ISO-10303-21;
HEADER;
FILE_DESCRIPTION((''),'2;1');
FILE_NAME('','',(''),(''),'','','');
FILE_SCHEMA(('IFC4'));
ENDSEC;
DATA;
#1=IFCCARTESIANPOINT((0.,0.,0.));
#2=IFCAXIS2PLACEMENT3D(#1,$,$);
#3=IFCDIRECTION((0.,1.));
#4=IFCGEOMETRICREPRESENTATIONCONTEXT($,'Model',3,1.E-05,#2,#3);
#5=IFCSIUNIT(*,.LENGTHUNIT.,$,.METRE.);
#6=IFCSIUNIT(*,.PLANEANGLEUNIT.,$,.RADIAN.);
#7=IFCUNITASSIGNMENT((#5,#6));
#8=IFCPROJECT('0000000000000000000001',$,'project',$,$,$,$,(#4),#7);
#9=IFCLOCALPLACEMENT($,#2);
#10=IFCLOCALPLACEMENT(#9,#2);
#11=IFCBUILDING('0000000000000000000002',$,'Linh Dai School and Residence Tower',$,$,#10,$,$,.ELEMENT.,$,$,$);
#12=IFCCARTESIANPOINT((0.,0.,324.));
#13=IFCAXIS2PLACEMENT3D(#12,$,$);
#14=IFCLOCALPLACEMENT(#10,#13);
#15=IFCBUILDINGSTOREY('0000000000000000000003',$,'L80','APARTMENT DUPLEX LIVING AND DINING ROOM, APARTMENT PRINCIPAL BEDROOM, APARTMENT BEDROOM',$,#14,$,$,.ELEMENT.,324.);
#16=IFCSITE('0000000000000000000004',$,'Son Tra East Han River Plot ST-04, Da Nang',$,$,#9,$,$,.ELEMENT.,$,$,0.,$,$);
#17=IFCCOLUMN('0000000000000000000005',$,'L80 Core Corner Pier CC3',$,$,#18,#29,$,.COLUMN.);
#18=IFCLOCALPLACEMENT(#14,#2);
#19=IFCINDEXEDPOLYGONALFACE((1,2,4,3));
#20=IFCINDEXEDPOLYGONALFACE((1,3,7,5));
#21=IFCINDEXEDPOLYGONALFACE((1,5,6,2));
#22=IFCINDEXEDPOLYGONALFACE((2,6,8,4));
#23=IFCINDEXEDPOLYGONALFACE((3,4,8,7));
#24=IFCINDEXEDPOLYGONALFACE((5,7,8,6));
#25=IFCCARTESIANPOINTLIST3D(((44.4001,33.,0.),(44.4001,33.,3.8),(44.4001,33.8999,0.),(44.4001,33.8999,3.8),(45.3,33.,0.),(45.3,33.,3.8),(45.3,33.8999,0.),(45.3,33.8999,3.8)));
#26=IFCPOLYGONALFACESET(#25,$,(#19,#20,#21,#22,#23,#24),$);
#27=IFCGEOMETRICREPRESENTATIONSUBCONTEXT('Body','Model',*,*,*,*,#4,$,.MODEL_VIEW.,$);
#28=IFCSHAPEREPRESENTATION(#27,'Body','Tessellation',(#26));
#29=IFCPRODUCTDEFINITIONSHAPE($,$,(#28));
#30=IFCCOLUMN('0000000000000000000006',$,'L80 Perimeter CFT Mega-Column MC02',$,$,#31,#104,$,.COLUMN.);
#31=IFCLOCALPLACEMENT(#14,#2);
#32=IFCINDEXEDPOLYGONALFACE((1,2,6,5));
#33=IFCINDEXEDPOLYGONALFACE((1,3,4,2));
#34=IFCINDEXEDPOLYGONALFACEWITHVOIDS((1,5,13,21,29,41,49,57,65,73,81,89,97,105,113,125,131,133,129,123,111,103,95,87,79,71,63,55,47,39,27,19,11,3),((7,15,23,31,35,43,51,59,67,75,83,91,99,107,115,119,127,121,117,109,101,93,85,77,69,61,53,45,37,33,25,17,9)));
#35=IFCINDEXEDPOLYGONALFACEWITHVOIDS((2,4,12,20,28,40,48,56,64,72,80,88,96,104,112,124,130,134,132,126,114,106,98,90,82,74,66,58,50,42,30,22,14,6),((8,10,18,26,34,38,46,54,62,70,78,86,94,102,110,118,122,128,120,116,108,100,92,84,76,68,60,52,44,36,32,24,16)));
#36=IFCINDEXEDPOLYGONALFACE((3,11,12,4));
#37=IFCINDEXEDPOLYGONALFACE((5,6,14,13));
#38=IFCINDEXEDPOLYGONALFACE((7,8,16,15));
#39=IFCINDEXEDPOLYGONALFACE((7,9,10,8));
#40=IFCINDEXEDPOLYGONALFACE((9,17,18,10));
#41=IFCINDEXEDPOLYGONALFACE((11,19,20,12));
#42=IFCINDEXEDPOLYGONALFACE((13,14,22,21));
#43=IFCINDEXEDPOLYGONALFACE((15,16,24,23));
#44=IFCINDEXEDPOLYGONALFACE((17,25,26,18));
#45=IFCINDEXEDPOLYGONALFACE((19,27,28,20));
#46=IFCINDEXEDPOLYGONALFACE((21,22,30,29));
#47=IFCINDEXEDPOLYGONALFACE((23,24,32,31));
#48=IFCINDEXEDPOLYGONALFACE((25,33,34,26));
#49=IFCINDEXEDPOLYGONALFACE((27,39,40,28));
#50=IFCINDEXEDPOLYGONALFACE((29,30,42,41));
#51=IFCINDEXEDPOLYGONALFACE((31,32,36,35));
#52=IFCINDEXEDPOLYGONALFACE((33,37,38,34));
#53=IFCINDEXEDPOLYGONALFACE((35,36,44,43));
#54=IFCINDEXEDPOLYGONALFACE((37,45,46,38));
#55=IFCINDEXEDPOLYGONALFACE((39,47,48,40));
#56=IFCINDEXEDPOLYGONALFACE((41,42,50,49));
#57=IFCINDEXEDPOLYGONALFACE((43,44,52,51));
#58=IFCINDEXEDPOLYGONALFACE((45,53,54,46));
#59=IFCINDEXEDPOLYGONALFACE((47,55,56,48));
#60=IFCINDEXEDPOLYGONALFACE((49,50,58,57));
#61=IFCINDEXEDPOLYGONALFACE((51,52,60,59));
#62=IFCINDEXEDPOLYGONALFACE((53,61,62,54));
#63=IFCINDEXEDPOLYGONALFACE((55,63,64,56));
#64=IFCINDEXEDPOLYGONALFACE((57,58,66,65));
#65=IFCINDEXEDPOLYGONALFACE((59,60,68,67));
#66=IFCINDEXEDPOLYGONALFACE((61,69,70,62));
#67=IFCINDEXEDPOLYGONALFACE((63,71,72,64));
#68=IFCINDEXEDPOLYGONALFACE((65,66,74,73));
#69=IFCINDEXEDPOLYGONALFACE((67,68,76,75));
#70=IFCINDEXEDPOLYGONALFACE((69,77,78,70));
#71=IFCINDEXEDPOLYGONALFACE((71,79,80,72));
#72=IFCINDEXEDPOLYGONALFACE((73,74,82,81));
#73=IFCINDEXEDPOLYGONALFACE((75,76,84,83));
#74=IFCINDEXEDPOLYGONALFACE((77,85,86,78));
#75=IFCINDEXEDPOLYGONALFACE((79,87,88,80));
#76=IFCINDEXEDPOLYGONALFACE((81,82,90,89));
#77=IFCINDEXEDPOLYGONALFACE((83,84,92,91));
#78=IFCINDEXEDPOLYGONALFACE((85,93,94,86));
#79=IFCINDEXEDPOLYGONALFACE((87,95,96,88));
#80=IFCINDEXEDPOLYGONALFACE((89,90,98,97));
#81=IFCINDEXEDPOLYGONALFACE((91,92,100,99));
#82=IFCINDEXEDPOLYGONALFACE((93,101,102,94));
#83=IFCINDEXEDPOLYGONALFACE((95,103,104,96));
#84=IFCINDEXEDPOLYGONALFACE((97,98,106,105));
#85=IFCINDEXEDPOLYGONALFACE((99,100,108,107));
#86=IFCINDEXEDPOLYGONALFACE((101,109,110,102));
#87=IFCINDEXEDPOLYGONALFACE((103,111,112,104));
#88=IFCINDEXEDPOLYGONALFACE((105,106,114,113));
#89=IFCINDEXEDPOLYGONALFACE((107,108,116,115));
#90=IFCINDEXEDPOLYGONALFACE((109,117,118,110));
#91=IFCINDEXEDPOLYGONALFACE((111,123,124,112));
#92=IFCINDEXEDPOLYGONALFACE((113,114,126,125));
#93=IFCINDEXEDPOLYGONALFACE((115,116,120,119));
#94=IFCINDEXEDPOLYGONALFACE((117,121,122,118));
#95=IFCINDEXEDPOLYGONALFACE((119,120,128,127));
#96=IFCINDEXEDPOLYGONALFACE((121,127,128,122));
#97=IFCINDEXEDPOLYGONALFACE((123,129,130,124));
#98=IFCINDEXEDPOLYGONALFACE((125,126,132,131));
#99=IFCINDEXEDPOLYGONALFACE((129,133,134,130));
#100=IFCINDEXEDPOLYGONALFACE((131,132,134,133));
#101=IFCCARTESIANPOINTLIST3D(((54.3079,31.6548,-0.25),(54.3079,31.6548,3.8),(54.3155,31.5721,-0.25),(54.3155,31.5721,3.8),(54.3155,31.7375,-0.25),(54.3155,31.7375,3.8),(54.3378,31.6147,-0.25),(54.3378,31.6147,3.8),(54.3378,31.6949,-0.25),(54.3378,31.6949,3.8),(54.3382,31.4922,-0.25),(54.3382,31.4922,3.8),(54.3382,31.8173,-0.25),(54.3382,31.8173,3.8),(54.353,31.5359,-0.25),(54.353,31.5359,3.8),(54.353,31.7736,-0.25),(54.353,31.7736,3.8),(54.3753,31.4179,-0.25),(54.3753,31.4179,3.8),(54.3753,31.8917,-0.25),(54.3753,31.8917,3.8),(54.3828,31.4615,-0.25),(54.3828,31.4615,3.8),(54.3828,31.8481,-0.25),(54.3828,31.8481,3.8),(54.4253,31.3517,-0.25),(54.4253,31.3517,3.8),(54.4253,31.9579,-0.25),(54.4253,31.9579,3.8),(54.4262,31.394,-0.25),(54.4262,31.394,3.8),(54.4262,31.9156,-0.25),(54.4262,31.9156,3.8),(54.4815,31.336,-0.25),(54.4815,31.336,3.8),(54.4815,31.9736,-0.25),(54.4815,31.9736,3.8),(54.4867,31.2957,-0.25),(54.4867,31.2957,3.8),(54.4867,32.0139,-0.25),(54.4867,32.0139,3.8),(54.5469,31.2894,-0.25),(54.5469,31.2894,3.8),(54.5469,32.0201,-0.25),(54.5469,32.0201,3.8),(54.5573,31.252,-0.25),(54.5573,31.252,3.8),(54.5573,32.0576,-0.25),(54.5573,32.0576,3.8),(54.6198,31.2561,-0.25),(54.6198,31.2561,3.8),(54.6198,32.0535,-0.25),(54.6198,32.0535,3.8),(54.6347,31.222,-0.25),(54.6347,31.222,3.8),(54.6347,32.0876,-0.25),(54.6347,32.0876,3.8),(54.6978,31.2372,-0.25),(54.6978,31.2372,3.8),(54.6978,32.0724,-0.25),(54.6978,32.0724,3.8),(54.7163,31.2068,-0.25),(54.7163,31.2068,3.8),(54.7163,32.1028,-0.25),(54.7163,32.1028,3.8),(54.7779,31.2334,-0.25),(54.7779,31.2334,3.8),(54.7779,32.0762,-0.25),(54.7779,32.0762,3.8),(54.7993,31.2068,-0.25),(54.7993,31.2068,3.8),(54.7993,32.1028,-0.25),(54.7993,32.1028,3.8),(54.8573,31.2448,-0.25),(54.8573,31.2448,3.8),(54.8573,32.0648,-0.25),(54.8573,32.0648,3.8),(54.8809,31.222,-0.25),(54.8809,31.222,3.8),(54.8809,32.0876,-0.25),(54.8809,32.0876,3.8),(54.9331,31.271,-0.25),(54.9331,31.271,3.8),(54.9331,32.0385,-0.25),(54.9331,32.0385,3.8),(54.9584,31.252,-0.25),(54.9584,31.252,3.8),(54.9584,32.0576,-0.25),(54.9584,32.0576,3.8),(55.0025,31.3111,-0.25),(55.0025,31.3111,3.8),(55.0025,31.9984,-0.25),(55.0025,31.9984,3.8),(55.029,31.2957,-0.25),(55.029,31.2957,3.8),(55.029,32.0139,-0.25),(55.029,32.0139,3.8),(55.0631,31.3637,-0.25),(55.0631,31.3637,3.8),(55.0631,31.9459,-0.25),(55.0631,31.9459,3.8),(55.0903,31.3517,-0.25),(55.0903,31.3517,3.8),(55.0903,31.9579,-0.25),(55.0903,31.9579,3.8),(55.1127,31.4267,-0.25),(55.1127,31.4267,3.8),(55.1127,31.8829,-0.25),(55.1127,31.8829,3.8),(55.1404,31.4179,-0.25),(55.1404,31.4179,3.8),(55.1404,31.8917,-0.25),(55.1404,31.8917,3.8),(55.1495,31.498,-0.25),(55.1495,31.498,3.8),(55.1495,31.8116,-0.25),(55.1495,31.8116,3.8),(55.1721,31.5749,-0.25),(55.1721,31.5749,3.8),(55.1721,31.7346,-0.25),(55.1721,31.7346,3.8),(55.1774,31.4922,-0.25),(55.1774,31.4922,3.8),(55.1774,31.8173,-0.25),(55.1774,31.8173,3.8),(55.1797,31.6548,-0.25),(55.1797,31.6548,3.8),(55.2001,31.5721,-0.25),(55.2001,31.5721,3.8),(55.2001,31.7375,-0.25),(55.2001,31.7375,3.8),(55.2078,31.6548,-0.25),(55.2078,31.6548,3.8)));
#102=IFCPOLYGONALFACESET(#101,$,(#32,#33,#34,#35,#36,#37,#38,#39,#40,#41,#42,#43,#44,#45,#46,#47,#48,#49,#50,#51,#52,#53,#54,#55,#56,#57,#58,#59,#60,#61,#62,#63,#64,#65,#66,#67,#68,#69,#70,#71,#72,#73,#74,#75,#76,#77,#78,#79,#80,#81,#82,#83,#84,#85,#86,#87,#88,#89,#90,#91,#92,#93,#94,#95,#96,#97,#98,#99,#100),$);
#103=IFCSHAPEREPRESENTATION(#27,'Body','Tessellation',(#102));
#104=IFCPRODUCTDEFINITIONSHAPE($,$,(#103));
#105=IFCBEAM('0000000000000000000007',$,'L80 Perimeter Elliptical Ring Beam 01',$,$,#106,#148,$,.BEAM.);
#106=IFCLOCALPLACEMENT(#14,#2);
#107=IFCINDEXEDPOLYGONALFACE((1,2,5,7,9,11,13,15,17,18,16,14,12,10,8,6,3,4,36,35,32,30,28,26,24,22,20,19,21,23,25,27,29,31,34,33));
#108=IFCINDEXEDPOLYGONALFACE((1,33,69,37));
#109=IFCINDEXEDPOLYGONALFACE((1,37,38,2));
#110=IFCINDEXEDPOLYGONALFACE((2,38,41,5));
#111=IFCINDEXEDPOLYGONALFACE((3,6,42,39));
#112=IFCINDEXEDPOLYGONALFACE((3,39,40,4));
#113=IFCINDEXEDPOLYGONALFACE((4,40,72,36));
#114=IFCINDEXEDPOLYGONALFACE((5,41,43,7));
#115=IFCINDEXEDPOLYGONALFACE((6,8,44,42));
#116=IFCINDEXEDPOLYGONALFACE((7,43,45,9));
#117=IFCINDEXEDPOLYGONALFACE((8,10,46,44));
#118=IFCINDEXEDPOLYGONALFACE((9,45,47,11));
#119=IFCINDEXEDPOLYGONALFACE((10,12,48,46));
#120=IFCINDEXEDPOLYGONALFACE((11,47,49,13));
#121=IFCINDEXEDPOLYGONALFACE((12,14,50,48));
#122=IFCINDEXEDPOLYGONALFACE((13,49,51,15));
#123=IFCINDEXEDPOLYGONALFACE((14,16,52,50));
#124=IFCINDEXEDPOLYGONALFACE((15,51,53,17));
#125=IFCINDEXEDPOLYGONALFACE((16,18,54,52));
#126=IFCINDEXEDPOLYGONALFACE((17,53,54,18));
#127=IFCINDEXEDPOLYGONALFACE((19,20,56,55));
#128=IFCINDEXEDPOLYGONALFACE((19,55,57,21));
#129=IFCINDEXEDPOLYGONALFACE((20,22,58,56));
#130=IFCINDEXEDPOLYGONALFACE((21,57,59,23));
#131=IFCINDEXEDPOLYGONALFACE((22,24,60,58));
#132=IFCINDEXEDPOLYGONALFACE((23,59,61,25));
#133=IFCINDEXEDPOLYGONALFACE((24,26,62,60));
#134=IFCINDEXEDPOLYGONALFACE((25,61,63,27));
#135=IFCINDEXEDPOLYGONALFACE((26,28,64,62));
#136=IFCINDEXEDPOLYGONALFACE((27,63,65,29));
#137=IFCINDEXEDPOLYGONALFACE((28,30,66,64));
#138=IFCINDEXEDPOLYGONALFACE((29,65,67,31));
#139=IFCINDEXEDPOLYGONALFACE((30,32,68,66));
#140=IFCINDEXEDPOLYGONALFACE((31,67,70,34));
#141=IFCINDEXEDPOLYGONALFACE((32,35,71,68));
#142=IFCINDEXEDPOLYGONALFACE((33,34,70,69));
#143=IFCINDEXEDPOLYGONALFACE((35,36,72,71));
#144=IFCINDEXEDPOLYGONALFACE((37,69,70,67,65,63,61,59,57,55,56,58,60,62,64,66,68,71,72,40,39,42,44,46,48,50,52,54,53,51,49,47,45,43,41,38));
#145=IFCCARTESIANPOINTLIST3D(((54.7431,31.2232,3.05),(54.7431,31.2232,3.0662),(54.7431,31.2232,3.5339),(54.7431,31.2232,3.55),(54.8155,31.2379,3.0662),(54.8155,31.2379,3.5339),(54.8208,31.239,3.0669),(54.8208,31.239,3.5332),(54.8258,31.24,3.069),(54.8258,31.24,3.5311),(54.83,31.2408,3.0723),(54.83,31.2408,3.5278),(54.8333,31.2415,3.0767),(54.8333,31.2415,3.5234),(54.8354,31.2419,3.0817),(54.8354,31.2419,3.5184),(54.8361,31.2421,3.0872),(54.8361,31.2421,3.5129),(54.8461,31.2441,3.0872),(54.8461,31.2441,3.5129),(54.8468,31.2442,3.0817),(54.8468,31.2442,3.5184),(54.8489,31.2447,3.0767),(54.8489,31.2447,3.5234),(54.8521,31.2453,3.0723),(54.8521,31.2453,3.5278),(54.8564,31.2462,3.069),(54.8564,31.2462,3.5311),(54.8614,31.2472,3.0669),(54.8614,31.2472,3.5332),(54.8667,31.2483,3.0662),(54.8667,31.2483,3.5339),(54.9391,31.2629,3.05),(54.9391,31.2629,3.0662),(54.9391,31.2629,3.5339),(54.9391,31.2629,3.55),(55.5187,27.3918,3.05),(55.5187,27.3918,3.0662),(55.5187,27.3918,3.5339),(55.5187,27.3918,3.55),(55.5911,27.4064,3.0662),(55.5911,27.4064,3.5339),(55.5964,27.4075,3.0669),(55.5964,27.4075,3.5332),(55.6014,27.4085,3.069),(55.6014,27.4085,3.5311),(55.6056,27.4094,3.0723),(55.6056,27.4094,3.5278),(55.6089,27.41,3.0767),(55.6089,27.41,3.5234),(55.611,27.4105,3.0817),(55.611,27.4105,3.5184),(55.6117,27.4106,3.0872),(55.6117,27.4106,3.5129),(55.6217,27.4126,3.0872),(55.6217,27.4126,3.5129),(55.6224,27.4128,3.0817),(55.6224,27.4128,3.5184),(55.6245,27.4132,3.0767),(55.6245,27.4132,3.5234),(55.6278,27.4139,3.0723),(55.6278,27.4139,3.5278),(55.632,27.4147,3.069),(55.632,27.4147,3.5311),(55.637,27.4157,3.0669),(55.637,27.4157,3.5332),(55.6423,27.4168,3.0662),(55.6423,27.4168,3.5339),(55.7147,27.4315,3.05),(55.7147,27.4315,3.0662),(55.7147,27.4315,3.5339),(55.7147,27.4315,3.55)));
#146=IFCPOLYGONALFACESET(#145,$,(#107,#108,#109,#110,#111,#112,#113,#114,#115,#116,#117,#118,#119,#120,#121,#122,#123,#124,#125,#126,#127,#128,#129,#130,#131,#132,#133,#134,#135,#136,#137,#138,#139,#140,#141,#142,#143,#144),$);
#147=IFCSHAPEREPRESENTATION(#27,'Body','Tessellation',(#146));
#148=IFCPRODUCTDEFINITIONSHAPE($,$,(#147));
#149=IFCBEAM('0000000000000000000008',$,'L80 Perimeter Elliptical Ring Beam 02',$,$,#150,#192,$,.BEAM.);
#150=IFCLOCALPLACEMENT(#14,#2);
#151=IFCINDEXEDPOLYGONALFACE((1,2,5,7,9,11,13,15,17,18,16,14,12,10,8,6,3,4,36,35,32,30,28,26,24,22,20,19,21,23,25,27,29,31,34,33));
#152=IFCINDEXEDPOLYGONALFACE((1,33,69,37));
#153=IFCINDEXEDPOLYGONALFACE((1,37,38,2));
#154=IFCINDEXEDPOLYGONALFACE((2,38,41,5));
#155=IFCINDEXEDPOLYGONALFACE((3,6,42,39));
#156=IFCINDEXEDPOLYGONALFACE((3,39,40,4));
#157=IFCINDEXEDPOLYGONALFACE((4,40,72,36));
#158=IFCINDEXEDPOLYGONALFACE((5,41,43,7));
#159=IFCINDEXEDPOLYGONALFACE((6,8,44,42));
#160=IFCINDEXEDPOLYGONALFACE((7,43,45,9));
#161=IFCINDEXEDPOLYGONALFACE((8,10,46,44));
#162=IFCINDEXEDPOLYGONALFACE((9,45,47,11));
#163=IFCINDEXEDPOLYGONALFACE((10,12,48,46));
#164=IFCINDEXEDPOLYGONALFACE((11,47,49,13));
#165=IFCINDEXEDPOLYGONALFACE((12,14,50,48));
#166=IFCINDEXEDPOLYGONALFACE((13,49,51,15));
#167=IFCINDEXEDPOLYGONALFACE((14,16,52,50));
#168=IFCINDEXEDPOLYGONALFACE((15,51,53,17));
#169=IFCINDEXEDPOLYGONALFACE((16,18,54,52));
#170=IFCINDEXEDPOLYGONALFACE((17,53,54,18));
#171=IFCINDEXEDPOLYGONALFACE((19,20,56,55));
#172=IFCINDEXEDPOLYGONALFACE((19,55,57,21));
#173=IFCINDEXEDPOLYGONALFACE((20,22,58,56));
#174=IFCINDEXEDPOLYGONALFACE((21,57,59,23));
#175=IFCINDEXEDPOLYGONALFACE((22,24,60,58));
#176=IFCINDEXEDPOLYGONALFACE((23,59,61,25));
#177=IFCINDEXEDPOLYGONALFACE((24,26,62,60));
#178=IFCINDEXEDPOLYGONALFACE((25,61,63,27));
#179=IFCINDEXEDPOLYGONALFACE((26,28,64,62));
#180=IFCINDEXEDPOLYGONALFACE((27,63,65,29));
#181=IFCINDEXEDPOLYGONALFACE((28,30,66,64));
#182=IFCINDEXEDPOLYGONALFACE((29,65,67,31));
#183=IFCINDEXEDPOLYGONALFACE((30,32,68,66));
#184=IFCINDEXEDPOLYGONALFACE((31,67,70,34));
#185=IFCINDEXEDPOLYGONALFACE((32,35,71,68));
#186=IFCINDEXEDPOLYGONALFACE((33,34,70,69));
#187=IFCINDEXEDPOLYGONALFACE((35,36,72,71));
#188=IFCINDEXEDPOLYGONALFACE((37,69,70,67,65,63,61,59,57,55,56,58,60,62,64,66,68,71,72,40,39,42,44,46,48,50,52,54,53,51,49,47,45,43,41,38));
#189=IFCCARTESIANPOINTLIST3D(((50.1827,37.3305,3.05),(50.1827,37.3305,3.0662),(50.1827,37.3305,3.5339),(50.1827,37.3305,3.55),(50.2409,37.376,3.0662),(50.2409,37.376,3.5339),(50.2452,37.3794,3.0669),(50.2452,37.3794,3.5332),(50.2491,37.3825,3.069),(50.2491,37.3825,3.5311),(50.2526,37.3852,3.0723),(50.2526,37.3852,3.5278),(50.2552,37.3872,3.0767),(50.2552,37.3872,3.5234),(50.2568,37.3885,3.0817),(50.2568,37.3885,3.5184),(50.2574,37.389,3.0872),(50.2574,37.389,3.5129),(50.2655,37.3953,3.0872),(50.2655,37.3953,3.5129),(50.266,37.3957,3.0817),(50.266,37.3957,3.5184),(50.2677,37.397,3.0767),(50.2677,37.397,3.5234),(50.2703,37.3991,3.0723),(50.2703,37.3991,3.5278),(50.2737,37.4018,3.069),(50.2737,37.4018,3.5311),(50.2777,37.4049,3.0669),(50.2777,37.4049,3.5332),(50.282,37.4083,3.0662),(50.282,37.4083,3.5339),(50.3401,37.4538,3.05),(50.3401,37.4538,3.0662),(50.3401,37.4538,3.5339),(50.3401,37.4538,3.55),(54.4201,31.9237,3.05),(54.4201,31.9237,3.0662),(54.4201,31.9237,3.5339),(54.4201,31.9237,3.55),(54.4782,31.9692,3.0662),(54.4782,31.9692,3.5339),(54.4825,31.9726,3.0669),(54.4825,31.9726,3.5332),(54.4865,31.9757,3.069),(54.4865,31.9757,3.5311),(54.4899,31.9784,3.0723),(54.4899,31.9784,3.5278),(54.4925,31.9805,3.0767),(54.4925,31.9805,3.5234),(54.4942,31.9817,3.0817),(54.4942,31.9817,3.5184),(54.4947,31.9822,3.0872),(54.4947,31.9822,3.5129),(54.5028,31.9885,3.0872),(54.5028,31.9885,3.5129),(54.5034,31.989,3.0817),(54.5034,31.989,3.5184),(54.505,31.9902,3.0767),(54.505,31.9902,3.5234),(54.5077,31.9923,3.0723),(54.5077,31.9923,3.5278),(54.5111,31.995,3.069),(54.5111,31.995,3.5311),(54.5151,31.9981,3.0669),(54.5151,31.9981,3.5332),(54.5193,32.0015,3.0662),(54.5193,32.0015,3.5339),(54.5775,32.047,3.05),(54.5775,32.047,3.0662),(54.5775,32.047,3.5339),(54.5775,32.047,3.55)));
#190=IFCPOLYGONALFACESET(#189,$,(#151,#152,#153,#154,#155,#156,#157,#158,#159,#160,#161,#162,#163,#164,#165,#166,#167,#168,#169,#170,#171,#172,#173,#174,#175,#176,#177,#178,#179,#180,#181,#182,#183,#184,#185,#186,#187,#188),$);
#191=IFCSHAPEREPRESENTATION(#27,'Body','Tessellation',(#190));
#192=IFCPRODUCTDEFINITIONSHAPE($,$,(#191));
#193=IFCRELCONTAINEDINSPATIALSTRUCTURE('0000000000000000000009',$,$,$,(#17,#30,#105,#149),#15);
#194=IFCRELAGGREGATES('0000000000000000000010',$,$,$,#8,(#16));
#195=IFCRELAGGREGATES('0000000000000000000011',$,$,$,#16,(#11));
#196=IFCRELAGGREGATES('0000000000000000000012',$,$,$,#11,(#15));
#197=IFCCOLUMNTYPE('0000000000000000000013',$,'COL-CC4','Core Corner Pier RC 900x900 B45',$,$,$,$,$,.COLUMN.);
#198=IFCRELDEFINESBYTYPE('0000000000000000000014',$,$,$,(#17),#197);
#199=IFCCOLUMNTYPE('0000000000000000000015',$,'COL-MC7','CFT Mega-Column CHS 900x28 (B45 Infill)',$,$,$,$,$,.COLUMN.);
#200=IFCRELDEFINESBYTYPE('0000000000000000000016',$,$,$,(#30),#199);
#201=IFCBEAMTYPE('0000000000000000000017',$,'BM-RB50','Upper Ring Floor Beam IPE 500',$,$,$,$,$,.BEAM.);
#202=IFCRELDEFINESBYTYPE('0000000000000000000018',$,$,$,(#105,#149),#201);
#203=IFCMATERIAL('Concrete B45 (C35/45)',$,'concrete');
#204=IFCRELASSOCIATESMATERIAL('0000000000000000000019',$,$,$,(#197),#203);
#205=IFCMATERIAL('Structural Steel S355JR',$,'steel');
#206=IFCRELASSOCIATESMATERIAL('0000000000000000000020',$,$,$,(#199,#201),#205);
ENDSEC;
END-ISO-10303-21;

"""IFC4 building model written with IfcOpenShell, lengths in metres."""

from ifc_helpers import new_model, si_unit, direction, frame, origin, origin_2d, place, context, subcontext, project, spatial, rectangle, hollow_circle, i_section, extrude, material, material_profile, profile_set, type_object, element, save


model = new_model("IFC4")

# Units and contexts
model_context = context("Model", 3, precision=1e-05, world=origin(), true_north=direction((0.0, 1.0)))
body_context = subcontext(model_context, "Body", "Model", "MODEL_VIEW")
ifc_project = project(units=[si_unit("LENGTHUNIT", "METRE"), si_unit("PLANEANGLEUNIT", "RADIAN")], contexts=[model_context])

# Site, building, storey
site_placement = place(None, origin())
site = spatial("IfcSite", under=ifc_project, at=site_placement, Name="Son Tra East Han River Plot ST-04, Da Nang", CompositionType="ELEMENT", RefElevation=0.0)
building_placement = place(site_placement, origin())
building = spatial("IfcBuilding", under=site, at=building_placement, Name="Linh Dai School and Residence Tower", CompositionType="ELEMENT")
storey_placement = place(building_placement, frame((0.0, 0.0, 324.0)))
storey = spatial("IfcBuildingStorey", under=building, at=storey_placement, Name="L80", Description="APARTMENT DUPLEX LIVING AND DINING ROOM, APARTMENT PRINCIPAL BEDROOM, APARTMENT BEDROOM", CompositionType="ELEMENT", Elevation=324.0)

# Columns
ifc_material_1 = material(Name="Concrete B45 (C35/45)", Category="concrete")
ifc_material_profile_1 = material_profile(ifc_material_1, rectangle(XDim=0.8999, YDim=0.8999, at=origin_2d()), Name="RC 900x900")
ifc_profile_set_1 = profile_set([ifc_material_profile_1], Name="Concrete B45 (C35/45)")
column_type_1 = type_object("IfcColumnType", Name="COL-CC4", Description="Core Corner Pier RC 900x900 B45", PredefinedType="COLUMN", material=ifc_profile_set_1)
column_1_placement = place(storey_placement, frame((44.8501, 33.45, 0.0), z_axis=(0.0, 0.0, 1.0), x_axis=(1.0, 0.0, 0.0)))
element("IfcColumn", 1, at=column_1_placement, inside=storey, type_object=column_type_1, Name="L80 Core Corner Pier CC3", PredefinedType="COLUMN", context=body_context, shape_type="SweptSolid", body=[
    extrude(rectangle(XDim=0.8999, YDim=0.8999, at=origin_2d()), origin(), (0.0, 0.0, 1.0), 3.8),
])
ifc_material_2 = material(Name="Structural Steel S355JR", Category="steel")
ifc_material_profile_2 = material_profile(ifc_material_2, hollow_circle(Radius=0.45, WallThickness=0.0281, at=origin_2d()), Name="CHS 900x28")
ifc_profile_set_2 = profile_set([ifc_material_profile_2], Name="Structural Steel S355JR")
column_type_2 = type_object("IfcColumnType", Name="COL-MC7", Description="CFT Mega-Column CHS 900x28 (B45 Infill)", PredefinedType="COLUMN", material=ifc_profile_set_2)
column_2_placement = place(storey_placement, frame((54.7578, 31.6548, -0.25), z_axis=(0.0, 0.0, 1.0), x_axis=(1.0, 0.0, 0.0)))
element("IfcColumn", 2, at=column_2_placement, inside=storey, type_object=column_type_2, Name="L80 Perimeter CFT Mega-Column MC02", PredefinedType="COLUMN", context=body_context, shape_type="SweptSolid", body=[
    extrude(hollow_circle(Radius=0.45, WallThickness=0.0281, at=origin_2d()), origin(), (0.0, 0.0, 1.0), 4.05),
])

# Beams
ifc_material_profile_3 = material_profile(ifc_material_2, i_section(OverallWidth=0.2, OverallDepth=0.5, WebThickness=0.0103, FlangeThickness=0.0161, FilletRadius=0.021, at=origin_2d()), Name="IPE 500")
ifc_profile_set_3 = profile_set([ifc_material_profile_3], Name="Structural Steel S355JR")
beam_type_1 = type_object("IfcBeamType", Name="BM-RB50", Description="Upper Ring Floor Beam IPE 500", PredefinedType="BEAM", material=ifc_profile_set_3)
beam_1_placement = place(storey_placement, frame((55.6167, 27.4116, 3.3), z_axis=(-0.19841, 0.980119, 0.0), x_axis=(-0.980119, -0.19841, 0.0)))
element("IfcBeam", 3, at=beam_1_placement, inside=storey, type_object=beam_type_1, Name="L80 Perimeter Elliptical Ring Beam 01", PredefinedType="BEAM", context=body_context, shape_type="SweptSolid", body=[
    extrude(i_section(OverallWidth=0.2, OverallDepth=0.5, WebThickness=0.0103, FlangeThickness=0.0161, FilletRadius=0.021, at=origin_2d()), origin(), (0.0, 0.0, 1.0), 3.9092),
])
beam_2_placement = place(storey_placement, frame((54.4988, 31.9854, 3.3), z_axis=(-0.616845, 0.787085, 0.0), x_axis=(-0.787085, -0.616845, 0.0)))
element("IfcBeam", 4, at=beam_2_placement, inside=storey, type_object=beam_type_1, Name="L80 Perimeter Elliptical Ring Beam 02", PredefinedType="BEAM", context=body_context, shape_type="SweptSolid", body=[
    extrude(i_section(OverallWidth=0.2, OverallDepth=0.5, WebThickness=0.0103, FlangeThickness=0.0161, FilletRadius=0.021, at=origin_2d()), origin(), (0.0, 0.0, 1.0), 6.8694),
])

save(model, "model.ifc")
